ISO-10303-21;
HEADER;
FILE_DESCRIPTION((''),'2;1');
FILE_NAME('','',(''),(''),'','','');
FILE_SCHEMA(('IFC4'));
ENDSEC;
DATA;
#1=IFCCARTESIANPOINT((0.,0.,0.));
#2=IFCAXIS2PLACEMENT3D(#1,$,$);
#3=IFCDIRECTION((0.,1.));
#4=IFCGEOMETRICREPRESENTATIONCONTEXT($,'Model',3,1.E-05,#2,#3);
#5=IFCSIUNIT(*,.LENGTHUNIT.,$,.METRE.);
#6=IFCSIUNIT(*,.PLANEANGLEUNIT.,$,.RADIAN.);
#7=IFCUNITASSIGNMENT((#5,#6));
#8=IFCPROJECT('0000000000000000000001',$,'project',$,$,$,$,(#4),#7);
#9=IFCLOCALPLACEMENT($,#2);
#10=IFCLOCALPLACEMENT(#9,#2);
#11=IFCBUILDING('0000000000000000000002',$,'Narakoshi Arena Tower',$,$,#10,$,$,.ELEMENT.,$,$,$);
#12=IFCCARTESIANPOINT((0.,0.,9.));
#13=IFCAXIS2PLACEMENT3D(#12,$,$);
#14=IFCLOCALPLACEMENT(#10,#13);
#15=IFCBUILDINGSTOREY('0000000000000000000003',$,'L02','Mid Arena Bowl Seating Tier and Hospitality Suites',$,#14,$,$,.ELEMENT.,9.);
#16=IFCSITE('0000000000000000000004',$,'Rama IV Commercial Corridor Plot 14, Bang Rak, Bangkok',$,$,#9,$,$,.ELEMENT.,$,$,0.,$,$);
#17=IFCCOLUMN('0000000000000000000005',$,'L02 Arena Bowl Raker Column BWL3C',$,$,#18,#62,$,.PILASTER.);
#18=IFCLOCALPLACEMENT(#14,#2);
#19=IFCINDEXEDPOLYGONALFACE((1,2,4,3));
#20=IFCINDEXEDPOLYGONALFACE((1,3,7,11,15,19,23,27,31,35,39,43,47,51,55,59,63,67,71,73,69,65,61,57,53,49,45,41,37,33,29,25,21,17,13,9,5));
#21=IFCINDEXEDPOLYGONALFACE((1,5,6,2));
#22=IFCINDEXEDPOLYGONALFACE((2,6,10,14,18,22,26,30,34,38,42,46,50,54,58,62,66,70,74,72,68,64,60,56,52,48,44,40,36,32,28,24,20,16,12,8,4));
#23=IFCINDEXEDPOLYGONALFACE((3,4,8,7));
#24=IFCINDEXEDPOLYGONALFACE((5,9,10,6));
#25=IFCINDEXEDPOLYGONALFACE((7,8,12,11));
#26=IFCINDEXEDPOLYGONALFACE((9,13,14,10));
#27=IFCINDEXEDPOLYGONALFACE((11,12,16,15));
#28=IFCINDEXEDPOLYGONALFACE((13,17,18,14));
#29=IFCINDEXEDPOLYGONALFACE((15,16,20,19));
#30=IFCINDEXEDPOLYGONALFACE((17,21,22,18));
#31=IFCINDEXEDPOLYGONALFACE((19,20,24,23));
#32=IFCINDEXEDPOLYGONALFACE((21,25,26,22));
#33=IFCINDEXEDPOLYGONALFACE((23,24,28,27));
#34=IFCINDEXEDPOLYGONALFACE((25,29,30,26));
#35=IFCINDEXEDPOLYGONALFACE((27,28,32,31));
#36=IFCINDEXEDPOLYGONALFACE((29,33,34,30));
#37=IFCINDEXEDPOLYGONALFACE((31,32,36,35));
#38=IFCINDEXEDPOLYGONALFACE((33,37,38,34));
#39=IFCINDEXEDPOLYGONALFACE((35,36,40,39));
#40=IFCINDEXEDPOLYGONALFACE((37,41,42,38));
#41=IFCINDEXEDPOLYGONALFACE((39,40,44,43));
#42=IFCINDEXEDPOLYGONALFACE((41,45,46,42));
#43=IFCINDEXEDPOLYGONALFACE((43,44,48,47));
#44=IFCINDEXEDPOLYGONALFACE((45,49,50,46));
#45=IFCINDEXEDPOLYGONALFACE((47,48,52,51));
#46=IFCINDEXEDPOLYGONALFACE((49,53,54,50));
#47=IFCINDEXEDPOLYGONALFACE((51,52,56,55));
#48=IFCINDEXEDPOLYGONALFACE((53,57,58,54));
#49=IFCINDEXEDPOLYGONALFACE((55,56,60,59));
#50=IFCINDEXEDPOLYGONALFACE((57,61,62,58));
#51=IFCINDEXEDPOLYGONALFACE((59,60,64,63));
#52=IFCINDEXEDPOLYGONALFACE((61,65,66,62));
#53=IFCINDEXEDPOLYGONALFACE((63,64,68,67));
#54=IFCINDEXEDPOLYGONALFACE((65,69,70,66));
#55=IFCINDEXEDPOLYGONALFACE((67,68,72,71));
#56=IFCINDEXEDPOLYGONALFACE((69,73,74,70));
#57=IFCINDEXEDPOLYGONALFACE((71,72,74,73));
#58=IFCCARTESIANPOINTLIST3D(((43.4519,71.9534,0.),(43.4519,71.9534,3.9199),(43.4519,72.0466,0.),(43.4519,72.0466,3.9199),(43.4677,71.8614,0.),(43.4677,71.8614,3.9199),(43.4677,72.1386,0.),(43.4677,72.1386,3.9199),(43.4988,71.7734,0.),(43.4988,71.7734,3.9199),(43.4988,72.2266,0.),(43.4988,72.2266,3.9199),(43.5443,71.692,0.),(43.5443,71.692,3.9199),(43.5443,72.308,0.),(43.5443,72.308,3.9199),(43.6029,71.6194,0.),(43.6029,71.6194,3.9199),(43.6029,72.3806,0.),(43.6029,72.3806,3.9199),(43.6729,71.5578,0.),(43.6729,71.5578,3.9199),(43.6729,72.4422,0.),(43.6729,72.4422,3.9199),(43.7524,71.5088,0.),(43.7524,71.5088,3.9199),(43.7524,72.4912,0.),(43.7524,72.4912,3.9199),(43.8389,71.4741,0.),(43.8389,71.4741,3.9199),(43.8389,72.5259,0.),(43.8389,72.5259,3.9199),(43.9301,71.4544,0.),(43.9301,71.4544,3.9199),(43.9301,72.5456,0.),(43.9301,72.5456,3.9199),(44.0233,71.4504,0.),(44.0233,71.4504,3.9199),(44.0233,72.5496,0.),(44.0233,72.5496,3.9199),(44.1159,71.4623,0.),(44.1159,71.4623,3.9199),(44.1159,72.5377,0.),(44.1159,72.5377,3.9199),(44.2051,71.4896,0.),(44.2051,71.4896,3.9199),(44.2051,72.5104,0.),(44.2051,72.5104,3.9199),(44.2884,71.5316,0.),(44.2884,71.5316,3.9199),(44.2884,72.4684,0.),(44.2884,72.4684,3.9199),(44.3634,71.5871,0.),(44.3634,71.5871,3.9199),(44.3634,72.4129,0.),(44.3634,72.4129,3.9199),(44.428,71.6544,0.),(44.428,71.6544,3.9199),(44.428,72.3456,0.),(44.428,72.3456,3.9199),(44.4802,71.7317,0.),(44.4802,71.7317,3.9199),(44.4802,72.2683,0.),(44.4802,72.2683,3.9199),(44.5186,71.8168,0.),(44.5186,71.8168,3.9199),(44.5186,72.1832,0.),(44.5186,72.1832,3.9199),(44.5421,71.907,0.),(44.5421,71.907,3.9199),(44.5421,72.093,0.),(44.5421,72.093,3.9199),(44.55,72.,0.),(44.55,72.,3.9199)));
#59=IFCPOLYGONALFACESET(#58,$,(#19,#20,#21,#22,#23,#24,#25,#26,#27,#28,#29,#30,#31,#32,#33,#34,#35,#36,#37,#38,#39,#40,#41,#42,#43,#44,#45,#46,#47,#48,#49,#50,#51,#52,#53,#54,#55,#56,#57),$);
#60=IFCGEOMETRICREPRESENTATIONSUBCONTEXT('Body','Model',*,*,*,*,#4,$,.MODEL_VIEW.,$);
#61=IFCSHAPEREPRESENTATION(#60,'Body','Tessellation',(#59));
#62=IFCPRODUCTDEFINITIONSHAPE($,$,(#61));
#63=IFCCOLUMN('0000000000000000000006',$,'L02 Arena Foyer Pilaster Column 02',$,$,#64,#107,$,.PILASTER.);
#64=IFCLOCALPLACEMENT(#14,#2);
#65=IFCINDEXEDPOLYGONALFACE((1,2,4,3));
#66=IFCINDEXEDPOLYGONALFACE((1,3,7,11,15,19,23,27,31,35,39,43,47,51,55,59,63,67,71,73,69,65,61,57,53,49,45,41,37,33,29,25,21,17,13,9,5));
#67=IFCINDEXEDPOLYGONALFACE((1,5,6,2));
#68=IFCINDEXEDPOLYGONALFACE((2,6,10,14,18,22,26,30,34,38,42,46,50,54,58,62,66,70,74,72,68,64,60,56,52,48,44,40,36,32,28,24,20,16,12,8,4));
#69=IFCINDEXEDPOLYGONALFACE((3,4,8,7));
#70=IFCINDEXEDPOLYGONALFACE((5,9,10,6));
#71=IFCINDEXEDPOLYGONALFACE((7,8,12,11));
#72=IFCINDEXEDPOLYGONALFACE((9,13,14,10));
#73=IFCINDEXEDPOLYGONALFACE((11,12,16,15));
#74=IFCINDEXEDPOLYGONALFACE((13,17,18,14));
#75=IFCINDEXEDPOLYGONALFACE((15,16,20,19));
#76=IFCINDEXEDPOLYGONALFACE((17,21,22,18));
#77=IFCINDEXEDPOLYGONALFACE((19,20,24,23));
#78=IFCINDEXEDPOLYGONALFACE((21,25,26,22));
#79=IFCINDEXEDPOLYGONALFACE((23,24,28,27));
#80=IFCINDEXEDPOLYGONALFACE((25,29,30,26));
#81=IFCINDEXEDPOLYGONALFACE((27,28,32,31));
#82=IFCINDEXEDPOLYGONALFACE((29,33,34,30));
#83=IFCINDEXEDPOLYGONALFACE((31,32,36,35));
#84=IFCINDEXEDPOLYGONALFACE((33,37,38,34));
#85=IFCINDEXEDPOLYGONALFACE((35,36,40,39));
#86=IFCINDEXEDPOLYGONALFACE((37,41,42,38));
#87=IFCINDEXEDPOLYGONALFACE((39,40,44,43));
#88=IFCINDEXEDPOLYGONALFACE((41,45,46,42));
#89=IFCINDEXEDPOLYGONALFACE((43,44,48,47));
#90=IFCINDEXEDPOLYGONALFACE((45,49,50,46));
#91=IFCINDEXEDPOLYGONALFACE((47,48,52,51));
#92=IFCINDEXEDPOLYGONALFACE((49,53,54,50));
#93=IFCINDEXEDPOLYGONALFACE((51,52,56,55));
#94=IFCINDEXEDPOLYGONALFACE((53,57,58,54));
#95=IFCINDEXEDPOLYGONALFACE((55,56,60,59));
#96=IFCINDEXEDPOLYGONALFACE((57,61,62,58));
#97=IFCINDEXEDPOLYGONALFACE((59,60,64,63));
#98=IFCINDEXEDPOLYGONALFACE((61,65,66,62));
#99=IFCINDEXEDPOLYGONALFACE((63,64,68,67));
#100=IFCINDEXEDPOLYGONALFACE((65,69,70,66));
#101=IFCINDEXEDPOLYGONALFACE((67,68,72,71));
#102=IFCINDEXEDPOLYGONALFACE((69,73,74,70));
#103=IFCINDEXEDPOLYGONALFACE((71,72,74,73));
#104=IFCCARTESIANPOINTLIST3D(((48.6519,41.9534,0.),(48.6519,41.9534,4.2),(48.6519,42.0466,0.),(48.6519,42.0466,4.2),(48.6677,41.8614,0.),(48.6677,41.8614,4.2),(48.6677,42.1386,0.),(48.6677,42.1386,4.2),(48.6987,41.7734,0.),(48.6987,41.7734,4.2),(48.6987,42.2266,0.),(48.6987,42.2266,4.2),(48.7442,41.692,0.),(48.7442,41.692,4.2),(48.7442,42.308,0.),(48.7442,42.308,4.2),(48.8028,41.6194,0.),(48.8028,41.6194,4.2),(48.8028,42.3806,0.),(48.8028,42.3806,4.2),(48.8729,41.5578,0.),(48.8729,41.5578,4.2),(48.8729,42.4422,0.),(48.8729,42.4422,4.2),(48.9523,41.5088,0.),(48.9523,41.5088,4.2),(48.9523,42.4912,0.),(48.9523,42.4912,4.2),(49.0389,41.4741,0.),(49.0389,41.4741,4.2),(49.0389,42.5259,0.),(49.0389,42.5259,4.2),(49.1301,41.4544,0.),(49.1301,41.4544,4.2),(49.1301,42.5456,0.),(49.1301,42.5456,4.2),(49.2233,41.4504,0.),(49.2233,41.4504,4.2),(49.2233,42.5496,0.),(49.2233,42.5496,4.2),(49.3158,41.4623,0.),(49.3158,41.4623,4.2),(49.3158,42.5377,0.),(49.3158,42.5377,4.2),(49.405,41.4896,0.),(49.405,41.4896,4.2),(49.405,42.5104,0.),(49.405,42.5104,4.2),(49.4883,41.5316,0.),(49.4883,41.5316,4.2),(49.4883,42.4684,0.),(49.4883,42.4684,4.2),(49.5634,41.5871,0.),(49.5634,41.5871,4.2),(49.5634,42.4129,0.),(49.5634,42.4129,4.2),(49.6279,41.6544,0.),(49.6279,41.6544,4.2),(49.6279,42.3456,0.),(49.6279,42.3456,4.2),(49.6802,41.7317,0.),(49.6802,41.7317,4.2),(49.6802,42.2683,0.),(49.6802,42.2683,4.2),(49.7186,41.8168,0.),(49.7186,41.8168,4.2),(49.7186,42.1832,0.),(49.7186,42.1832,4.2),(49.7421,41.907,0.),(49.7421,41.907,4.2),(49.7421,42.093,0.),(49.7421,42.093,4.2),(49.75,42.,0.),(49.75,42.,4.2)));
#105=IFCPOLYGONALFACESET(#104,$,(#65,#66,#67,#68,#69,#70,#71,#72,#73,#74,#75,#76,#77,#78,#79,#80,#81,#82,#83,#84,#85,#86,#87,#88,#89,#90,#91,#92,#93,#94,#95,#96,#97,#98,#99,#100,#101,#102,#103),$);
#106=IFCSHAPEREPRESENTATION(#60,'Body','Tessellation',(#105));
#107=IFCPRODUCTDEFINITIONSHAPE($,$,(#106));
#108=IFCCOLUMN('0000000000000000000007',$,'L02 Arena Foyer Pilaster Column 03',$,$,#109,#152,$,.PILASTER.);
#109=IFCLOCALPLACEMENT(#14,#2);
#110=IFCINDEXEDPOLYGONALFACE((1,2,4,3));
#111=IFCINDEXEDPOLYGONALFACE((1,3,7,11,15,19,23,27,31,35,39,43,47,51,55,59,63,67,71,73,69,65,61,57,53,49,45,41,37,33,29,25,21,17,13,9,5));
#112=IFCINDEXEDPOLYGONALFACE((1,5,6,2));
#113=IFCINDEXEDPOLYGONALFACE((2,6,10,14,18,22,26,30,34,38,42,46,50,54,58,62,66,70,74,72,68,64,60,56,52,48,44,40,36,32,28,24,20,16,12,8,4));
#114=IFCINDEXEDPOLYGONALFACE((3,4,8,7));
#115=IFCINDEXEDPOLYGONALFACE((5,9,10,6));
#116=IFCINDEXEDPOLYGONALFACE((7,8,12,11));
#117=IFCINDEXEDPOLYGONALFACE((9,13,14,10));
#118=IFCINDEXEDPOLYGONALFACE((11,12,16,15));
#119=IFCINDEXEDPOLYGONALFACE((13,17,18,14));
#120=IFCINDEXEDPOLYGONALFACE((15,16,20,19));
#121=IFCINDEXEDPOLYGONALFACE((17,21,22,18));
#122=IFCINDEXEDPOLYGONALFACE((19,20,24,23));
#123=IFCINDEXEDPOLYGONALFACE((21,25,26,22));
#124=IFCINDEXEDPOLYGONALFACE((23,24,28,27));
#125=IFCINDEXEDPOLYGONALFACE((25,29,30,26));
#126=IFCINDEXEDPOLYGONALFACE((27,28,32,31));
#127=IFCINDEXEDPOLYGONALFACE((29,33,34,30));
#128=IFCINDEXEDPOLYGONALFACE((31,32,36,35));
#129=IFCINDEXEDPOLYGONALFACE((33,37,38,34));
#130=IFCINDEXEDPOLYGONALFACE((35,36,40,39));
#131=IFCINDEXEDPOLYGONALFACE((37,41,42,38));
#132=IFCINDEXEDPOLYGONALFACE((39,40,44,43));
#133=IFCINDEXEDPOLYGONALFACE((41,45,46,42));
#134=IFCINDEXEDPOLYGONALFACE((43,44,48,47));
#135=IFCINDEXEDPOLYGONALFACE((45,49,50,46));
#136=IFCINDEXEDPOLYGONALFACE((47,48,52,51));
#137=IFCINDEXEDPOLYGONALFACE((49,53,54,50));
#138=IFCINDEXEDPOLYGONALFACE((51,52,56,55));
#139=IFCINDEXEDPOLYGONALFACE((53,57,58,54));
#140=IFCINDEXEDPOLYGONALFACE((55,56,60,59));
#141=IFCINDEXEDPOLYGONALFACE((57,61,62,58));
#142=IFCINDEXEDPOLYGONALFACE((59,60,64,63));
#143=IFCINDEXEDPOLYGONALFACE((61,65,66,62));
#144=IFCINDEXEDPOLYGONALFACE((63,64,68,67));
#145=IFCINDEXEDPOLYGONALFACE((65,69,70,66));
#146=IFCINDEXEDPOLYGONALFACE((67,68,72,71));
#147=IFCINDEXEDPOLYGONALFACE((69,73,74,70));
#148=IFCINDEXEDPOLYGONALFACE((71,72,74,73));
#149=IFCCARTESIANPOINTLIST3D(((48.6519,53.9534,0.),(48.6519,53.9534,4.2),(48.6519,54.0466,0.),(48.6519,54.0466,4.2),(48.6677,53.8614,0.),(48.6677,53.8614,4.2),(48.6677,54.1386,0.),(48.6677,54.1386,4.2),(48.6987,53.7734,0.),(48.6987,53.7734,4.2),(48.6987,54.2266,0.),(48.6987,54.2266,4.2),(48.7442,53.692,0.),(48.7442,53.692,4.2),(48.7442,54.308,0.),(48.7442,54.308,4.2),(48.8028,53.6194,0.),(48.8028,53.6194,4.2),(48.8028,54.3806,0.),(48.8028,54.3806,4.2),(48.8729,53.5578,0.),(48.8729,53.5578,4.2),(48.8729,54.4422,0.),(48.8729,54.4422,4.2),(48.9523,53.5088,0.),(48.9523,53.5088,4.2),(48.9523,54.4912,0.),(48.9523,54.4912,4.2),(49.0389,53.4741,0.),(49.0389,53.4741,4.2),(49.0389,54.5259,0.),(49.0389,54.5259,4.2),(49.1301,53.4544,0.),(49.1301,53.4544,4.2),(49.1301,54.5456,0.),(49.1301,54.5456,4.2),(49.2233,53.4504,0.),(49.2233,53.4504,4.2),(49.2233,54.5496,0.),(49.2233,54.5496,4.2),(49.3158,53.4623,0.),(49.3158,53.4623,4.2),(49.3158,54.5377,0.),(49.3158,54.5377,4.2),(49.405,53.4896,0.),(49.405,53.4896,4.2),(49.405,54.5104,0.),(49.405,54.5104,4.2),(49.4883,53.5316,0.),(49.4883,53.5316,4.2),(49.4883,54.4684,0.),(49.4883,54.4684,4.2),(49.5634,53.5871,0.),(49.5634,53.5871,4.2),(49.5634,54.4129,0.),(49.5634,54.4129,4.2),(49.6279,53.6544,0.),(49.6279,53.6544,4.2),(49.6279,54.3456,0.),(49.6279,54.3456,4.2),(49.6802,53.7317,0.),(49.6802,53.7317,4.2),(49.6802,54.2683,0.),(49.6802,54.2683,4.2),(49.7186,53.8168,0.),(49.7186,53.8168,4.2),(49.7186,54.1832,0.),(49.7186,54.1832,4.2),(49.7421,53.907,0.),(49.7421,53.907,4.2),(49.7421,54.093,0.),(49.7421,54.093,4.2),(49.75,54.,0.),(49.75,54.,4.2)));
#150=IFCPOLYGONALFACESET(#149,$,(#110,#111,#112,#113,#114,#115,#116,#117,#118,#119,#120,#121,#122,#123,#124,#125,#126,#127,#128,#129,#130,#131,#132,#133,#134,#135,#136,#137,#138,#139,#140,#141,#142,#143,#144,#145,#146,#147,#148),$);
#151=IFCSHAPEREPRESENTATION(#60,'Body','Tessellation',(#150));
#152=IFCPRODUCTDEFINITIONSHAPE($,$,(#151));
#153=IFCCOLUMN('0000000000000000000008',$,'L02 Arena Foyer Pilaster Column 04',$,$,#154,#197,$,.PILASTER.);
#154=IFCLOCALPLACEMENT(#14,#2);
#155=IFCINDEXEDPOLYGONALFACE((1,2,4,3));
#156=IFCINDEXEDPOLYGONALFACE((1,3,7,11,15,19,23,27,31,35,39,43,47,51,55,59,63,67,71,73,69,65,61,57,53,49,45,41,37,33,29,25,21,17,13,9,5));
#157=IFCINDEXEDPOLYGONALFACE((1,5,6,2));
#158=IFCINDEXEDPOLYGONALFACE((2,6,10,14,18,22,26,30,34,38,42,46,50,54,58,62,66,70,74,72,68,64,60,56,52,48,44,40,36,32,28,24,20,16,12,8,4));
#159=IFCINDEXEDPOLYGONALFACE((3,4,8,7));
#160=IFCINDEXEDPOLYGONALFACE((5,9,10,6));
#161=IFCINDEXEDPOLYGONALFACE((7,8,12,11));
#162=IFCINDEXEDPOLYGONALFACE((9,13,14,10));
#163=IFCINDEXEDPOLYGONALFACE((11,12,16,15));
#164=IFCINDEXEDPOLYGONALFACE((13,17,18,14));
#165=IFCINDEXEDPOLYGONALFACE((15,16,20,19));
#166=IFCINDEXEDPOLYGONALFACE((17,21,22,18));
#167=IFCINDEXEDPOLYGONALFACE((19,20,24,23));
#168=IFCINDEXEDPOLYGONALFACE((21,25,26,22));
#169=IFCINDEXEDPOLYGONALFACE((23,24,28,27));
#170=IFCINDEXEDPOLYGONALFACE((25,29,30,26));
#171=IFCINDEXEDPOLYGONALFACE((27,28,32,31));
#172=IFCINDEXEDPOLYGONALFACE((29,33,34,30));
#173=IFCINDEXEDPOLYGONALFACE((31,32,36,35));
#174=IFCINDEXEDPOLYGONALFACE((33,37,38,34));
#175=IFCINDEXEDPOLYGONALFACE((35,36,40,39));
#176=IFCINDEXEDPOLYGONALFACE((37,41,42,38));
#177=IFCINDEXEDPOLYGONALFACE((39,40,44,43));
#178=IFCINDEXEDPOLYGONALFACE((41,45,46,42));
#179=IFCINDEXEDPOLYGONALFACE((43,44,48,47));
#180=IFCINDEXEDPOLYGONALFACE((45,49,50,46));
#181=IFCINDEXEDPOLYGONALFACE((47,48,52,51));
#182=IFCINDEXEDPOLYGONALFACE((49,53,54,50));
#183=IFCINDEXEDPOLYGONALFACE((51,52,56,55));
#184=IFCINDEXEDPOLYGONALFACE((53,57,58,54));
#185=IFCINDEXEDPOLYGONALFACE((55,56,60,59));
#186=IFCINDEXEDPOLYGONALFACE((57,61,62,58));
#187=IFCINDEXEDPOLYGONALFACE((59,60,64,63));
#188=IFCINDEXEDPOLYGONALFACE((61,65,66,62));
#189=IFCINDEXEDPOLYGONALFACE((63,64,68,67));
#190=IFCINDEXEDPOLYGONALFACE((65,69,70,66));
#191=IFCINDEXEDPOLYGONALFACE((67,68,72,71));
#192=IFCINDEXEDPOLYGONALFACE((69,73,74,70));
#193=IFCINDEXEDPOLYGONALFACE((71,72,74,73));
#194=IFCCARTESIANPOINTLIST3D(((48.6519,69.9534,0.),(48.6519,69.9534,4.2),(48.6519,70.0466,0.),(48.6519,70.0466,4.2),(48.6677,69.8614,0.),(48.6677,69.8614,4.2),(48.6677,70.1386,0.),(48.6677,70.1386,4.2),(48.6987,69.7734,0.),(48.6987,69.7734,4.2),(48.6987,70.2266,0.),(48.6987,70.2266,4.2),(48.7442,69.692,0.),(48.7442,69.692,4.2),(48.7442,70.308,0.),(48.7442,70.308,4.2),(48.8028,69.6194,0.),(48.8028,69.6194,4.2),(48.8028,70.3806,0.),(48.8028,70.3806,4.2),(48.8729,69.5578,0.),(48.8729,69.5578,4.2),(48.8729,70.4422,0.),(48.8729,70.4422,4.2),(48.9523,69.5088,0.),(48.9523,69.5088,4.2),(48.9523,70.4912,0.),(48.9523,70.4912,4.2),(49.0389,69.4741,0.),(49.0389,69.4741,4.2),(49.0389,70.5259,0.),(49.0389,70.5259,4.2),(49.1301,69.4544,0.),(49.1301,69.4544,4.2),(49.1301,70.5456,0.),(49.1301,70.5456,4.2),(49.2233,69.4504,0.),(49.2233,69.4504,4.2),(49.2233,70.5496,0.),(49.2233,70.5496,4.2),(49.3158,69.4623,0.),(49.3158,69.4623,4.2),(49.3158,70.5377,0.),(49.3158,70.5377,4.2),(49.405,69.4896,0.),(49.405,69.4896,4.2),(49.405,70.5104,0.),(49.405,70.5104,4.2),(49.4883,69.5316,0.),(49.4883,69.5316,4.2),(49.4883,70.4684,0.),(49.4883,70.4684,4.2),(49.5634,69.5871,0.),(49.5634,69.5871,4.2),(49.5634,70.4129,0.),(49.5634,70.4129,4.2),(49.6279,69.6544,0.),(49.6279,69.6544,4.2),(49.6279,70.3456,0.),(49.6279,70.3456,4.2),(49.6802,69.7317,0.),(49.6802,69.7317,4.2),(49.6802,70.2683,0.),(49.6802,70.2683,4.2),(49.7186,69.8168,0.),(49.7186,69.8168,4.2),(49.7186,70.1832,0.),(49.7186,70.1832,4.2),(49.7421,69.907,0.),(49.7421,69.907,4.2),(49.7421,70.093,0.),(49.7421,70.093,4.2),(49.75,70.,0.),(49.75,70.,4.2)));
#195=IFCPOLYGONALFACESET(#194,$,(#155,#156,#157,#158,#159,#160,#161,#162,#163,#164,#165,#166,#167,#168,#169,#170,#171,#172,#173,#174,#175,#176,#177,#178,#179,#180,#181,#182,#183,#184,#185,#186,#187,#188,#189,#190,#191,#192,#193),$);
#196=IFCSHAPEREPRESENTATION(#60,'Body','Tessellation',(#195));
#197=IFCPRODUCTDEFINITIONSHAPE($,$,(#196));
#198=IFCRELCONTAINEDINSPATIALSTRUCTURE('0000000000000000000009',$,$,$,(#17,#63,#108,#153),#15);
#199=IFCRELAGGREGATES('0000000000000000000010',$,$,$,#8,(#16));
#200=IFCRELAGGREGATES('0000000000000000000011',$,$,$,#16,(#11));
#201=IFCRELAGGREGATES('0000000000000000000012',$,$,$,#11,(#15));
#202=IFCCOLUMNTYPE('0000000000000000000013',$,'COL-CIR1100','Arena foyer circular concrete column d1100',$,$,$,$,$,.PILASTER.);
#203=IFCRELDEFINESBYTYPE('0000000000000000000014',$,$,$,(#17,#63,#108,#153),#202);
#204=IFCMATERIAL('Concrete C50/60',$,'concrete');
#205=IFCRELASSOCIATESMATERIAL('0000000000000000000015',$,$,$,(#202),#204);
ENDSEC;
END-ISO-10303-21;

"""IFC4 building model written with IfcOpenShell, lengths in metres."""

from ifc_helpers import new_model, si_unit, direction, frame, origin, origin_2d, place, context, subcontext, project, spatial, circle, extrude, material, material_profile, profile_set, type_object, element, save


model = new_model("IFC4")

# Units and contexts
model_context = context("Model", 3, precision=1e-05, world=origin(), true_north=direction((0.0, 1.0)))
body_context = subcontext(model_context, "Body", "Model", "MODEL_VIEW")
ifc_project = project(units=[si_unit("LENGTHUNIT", "METRE"), si_unit("PLANEANGLEUNIT", "RADIAN")], contexts=[model_context])

# Site, building, storey
site_placement = place(None, origin())
site = spatial("IfcSite", under=ifc_project, at=site_placement, Name="Rama IV Commercial Corridor Plot 14, Bang Rak, Bangkok", CompositionType="ELEMENT", RefElevation=0.0)
building_placement = place(site_placement, origin())
building = spatial("IfcBuilding", under=site, at=building_placement, Name="Narakoshi Arena Tower", CompositionType="ELEMENT")
storey_placement = place(building_placement, frame((0.0, 0.0, 9.0)))
storey = spatial("IfcBuildingStorey", under=building, at=storey_placement, Name="L02", Description="Mid Arena Bowl Seating Tier and Hospitality Suites", CompositionType="ELEMENT", Elevation=9.0)

# Columns
ifc_material_1 = material(Name="Concrete C50/60", Category="concrete")
ifc_material_profile_1 = material_profile(ifc_material_1, circle(Radius=0.55, at=origin_2d()), Name="RCC1100")
ifc_profile_set_1 = profile_set([ifc_material_profile_1], Name="Concrete C50/60")
column_type_1 = type_object("IfcColumnType", Name="COL-CIR1100", Description="Arena foyer circular concrete column d1100", PredefinedType="PILASTER", material=ifc_profile_set_1)
column_1_placement = place(storey_placement, frame((44.0, 72.0, 0.0), z_axis=(0.0, 0.0, 1.0), x_axis=(1.0, 0.0, 0.0)))
element("IfcColumn", 1, at=column_1_placement, inside=storey, type_object=column_type_1, Name="L02 Arena Bowl Raker Column BWL3C", PredefinedType="PILASTER", context=body_context, shape_type="SweptSolid", body=[
    extrude(circle(Radius=0.55, at=origin_2d()), origin(), (0.0, 0.0, 1.0), 3.9199),
])
for number, where, z_axis, x_axis, name in (
    (2, (49.2, 42.0, 0.0), (0.0, 0.0, 1.0), (1.0, 0.0, 0.0), "L02 Arena Foyer Pilaster Column 02"),
    (3, (49.2, 54.0, 0.0), (0.0, 0.0, 1.0), (1.0, 0.0, 0.0), "L02 Arena Foyer Pilaster Column 03"),
    (4, (49.2, 70.0, 0.0), (0.0, 0.0, 1.0), (1.0, 0.0, 0.0), "L02 Arena Foyer Pilaster Column 04"),
):
    element("IfcColumn", number, at=place(storey_placement, frame(where, z_axis=z_axis, x_axis=x_axis)), inside=storey, type_object=column_type_1, Name=name, PredefinedType="PILASTER", context=body_context, shape_type="SweptSolid", body=[
        extrude(circle(Radius=0.55, at=origin_2d()), origin(), (0.0, 0.0, 1.0), 4.2),
    ])

save(model, "model.ifc")
